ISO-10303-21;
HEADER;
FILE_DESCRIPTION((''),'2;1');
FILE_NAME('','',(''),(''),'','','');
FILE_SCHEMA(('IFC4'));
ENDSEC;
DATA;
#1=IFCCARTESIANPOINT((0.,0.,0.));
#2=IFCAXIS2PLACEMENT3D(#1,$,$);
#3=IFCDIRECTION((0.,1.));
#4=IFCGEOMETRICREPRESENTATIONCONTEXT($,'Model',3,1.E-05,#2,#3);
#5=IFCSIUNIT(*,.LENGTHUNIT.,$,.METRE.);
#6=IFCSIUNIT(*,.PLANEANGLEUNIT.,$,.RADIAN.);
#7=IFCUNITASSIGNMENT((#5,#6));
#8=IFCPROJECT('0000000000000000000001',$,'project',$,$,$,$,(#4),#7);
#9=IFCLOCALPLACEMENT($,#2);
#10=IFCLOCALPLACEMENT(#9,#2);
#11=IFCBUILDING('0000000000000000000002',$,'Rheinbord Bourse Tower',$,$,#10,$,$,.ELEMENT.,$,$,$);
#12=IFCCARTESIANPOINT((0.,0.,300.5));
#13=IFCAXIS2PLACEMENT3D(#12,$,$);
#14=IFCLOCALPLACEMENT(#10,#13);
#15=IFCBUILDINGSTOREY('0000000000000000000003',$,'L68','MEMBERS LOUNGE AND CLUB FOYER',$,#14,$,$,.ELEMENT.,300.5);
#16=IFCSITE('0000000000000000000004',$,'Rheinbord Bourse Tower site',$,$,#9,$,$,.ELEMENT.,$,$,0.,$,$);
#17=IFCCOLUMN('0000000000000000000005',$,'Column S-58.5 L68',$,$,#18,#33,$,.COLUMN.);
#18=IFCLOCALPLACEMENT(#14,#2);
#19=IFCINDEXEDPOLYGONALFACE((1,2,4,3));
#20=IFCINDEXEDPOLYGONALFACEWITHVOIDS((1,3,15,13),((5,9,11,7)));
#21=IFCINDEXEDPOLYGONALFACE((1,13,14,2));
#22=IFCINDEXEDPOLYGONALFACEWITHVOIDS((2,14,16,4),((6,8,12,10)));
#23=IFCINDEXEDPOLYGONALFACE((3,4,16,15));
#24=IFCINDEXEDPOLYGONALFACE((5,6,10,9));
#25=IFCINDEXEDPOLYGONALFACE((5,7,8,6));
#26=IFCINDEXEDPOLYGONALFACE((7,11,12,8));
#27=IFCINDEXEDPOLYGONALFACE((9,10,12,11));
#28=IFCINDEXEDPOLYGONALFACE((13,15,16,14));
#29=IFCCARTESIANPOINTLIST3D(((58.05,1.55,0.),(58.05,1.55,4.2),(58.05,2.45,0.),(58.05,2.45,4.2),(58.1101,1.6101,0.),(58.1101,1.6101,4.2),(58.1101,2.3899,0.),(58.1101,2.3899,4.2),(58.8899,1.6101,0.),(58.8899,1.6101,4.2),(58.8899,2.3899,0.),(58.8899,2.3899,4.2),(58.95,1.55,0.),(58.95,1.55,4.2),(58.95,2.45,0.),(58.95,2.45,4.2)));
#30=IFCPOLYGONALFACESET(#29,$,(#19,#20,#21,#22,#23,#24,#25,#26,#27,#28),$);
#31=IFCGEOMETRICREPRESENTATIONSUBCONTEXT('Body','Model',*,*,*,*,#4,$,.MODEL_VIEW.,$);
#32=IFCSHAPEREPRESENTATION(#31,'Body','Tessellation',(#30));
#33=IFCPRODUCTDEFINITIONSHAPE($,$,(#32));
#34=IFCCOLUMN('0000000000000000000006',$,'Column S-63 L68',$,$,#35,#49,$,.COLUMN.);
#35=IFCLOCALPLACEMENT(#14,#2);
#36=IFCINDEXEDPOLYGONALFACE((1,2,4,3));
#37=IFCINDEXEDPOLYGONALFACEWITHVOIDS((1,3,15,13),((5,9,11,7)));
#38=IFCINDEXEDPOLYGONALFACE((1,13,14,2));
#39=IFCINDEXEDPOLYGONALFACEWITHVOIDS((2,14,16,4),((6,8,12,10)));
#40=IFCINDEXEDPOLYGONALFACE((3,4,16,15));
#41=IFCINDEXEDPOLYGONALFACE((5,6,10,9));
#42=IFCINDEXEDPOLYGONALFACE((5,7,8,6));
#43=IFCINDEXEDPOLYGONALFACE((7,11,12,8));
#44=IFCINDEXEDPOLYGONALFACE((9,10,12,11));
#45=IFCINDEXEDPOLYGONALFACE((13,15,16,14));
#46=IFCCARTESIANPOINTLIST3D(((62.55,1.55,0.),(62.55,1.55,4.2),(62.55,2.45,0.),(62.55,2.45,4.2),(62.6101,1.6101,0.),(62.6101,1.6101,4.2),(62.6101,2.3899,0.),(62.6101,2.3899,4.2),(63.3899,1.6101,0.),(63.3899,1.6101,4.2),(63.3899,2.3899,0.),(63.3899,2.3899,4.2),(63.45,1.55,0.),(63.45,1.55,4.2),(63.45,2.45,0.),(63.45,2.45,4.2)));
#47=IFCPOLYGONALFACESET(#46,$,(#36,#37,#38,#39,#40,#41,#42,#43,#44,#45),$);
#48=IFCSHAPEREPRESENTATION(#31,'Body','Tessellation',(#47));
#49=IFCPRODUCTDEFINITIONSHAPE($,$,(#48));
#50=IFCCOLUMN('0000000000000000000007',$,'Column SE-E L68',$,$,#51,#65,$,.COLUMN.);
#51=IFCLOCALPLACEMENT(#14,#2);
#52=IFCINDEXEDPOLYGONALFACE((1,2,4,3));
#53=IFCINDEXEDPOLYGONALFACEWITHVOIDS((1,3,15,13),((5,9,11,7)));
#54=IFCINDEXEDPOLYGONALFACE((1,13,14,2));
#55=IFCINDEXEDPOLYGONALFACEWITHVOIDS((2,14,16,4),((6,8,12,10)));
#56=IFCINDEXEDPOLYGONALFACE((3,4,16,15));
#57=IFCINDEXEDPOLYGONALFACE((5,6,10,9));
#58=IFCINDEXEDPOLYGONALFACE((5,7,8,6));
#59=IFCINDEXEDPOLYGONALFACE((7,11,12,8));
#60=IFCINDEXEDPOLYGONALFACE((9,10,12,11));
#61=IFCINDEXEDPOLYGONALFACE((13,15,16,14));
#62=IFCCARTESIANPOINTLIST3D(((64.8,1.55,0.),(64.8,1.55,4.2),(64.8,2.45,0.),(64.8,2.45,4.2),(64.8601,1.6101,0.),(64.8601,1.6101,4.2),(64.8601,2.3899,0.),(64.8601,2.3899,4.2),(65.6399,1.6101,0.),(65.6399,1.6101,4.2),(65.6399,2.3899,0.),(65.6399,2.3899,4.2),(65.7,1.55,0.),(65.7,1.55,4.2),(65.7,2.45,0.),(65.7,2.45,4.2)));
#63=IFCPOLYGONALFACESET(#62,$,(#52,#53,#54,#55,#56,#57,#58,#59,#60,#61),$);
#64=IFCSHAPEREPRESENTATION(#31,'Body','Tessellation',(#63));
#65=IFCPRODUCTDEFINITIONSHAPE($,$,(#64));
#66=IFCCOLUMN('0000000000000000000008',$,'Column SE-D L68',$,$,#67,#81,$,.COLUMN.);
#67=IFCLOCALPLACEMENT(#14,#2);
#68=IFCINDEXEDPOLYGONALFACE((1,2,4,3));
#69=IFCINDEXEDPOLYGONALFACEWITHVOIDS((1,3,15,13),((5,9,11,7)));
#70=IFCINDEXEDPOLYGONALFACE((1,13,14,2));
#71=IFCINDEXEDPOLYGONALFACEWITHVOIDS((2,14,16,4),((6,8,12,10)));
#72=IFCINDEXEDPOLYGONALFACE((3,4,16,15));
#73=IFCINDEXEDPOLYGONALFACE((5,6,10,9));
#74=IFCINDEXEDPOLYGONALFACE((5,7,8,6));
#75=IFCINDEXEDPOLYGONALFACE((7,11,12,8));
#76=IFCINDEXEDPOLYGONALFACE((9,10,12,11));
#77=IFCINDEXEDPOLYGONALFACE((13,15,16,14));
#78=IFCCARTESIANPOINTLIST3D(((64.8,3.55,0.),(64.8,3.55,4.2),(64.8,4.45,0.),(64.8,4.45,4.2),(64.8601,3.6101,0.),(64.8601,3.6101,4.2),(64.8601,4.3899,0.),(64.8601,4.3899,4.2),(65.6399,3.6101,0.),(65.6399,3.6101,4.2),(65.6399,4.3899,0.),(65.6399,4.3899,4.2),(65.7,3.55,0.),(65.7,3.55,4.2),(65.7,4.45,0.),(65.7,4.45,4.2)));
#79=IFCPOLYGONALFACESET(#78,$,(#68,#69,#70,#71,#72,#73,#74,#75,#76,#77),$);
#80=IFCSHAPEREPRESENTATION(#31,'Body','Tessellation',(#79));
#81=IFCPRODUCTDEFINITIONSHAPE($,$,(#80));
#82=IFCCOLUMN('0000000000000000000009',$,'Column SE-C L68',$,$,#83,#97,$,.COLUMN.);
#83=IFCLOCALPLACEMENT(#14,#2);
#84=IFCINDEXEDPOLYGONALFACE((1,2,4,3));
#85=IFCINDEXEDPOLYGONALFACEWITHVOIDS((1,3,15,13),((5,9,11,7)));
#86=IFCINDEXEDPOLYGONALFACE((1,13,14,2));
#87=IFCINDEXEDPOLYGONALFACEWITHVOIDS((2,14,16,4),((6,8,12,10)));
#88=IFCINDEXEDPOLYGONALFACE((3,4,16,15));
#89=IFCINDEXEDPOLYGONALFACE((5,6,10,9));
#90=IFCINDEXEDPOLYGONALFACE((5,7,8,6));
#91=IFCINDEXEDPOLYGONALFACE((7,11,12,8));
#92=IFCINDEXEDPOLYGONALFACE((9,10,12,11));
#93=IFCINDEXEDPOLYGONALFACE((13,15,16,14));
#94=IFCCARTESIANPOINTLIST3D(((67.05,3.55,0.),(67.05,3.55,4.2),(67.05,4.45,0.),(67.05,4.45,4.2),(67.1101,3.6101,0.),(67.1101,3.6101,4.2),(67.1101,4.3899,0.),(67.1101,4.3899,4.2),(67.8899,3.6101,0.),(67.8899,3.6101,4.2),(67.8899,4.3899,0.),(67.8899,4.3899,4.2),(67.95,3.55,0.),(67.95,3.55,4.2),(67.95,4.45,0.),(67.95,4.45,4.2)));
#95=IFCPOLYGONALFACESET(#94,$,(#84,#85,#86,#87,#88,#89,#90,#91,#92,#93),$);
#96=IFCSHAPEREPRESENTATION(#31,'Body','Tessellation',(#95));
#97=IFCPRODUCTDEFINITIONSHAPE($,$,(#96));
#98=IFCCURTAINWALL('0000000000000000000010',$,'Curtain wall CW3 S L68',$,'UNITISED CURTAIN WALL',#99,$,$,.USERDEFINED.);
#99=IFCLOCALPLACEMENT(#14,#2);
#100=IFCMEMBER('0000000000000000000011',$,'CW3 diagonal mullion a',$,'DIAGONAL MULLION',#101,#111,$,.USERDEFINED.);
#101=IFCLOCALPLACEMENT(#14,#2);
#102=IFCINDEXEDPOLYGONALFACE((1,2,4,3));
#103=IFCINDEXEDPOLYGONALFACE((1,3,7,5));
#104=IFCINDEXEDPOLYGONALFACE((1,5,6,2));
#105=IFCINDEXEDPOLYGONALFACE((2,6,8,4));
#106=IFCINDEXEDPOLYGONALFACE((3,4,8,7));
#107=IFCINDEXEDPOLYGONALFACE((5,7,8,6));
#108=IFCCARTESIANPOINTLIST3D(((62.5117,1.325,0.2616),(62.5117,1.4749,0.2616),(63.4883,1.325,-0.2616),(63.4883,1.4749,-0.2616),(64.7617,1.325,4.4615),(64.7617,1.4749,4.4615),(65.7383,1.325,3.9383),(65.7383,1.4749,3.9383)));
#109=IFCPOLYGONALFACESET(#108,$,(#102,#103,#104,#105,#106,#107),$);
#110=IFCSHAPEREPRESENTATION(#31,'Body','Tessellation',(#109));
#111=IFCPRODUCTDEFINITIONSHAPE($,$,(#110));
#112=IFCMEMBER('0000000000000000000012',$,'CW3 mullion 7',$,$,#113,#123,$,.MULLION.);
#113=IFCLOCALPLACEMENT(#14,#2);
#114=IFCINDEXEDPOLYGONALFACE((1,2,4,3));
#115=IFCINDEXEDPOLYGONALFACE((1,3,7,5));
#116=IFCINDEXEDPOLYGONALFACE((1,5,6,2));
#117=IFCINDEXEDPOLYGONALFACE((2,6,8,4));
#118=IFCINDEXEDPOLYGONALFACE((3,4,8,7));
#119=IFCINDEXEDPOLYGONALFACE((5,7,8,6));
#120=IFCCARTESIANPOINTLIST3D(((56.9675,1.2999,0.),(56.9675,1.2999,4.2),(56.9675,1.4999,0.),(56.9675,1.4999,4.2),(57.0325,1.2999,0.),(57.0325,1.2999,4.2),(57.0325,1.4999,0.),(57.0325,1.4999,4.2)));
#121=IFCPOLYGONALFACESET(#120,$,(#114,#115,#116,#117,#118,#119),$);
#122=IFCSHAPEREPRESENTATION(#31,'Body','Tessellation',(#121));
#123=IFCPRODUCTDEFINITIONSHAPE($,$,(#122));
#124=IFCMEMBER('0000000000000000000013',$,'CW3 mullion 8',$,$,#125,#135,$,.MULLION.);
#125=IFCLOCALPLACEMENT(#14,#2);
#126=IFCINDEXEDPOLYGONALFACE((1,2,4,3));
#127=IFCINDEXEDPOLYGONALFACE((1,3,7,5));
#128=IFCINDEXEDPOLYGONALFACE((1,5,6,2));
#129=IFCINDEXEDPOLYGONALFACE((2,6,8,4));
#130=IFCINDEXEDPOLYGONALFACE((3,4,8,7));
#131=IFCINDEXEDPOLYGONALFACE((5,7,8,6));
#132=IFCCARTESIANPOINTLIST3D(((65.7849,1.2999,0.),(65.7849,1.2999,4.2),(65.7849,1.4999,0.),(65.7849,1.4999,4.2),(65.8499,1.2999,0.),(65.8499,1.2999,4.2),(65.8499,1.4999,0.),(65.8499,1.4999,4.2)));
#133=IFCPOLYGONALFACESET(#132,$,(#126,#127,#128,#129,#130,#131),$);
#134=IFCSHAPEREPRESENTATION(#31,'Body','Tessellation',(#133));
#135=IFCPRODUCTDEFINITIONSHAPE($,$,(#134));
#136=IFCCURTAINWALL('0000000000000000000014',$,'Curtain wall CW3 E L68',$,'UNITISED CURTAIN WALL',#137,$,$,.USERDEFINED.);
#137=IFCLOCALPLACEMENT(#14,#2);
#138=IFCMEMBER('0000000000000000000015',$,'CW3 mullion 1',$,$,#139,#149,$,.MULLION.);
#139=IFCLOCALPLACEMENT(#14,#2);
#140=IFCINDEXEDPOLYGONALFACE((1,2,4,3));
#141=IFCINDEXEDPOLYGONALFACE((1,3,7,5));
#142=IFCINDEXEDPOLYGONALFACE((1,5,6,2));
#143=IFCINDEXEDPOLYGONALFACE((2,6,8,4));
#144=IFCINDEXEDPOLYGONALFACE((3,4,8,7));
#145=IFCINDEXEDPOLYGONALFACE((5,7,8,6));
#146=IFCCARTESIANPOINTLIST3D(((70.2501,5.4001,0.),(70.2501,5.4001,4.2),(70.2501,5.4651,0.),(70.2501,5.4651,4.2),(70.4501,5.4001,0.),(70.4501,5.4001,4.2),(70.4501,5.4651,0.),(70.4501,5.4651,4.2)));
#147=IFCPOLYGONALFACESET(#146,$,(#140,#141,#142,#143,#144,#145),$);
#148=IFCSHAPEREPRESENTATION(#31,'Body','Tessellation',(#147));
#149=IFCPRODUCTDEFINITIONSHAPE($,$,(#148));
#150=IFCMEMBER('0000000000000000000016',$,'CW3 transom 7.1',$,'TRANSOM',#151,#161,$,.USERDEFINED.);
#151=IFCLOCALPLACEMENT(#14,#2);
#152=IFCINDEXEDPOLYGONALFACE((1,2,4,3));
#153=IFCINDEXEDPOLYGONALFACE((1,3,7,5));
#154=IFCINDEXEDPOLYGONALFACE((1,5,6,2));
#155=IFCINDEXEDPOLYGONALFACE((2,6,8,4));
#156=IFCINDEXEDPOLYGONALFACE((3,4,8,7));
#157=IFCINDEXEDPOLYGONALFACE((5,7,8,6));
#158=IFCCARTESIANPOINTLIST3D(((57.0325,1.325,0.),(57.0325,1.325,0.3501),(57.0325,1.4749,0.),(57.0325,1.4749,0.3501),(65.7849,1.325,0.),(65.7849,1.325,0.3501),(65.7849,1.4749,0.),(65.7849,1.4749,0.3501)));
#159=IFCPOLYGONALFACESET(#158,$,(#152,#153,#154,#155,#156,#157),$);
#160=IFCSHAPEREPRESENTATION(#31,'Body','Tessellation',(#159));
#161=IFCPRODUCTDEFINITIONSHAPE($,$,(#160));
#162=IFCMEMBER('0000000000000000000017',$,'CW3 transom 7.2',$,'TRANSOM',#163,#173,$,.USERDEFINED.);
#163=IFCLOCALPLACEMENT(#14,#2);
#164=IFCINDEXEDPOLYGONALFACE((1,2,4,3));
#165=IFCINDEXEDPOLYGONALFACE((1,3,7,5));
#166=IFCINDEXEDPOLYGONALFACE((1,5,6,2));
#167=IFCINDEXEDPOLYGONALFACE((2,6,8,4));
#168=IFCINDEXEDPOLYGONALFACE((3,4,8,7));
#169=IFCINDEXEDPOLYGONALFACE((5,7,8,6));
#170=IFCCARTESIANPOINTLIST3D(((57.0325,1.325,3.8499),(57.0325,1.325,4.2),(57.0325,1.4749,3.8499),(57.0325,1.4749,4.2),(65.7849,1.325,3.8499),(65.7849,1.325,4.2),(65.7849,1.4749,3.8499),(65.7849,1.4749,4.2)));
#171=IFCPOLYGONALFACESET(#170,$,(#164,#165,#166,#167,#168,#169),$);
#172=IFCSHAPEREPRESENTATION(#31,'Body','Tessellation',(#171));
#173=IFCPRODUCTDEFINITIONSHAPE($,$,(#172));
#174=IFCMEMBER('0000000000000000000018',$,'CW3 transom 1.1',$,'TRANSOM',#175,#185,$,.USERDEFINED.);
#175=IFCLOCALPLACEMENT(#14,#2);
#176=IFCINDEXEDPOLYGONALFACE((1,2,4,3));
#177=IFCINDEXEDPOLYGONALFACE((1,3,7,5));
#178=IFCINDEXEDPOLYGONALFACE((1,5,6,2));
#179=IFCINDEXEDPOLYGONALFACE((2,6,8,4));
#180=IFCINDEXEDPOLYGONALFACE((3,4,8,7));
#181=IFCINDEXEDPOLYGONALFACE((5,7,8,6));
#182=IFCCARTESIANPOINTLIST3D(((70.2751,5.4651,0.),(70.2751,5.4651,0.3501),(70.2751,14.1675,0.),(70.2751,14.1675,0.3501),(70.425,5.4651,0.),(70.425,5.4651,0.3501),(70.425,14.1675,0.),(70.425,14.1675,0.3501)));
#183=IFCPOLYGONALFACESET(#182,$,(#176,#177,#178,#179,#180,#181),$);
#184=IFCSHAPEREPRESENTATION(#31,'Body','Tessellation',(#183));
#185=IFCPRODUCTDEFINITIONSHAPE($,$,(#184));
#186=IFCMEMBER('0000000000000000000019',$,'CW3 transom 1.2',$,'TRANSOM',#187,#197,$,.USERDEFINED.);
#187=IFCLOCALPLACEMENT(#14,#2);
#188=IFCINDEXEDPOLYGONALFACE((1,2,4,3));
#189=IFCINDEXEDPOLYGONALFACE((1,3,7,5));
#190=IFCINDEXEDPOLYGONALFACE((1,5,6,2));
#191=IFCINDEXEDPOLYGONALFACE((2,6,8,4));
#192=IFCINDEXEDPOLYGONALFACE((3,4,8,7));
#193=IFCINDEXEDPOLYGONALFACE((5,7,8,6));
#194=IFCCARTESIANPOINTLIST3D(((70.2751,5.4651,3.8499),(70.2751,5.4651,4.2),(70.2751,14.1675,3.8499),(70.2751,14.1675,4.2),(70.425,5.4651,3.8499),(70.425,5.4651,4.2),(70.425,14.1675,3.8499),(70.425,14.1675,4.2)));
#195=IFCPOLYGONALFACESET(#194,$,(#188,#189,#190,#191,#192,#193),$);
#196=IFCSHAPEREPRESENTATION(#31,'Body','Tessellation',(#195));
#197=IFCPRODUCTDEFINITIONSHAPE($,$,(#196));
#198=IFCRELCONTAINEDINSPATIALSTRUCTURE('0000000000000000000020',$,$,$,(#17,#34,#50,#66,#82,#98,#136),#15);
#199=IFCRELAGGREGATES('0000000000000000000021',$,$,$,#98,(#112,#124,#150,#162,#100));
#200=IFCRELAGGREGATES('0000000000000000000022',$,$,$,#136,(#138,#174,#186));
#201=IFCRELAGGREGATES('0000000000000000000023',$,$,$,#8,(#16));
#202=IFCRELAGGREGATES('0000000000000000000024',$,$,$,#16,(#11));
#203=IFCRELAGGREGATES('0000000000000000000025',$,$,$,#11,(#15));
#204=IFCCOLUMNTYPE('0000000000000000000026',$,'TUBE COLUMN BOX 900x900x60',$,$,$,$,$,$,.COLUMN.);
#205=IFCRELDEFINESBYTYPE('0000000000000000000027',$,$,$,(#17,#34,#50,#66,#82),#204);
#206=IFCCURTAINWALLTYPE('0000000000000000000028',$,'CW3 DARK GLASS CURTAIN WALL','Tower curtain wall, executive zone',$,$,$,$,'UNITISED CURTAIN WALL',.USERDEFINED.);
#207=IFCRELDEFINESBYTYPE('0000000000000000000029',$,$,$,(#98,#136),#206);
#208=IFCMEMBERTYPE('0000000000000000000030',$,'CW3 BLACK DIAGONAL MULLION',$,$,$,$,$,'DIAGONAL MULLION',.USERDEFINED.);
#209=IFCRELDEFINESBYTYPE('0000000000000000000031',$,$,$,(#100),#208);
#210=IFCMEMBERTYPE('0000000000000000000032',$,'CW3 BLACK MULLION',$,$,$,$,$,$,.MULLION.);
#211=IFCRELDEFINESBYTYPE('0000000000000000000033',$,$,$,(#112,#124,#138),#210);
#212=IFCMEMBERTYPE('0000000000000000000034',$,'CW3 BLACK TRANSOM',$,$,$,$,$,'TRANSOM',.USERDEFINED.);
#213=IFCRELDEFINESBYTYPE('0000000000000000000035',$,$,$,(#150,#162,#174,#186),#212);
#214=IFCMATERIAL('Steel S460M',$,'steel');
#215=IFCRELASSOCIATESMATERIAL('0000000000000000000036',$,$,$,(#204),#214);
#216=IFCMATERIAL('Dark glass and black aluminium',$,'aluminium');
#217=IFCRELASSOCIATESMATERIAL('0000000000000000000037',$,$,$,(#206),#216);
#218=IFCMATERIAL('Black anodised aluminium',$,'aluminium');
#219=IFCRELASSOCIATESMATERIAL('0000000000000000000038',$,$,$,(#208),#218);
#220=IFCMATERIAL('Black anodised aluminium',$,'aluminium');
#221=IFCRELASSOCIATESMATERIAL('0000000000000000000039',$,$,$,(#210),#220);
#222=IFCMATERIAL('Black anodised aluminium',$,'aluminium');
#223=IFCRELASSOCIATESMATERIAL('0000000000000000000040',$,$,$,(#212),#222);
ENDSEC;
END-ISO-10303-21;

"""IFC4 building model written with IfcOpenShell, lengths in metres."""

from ifc_helpers import new_model, si_unit, direction, frame, origin, origin_2d, place, context, subcontext, project, spatial, rectangle, hollow_rectangle, extrude, material, material_profile, profile_set, type_object, element, aggregate, save


model = new_model("IFC4")

# Units and contexts
model_context = context("Model", 3, precision=1e-05, world=origin(), true_north=direction((0.0, 1.0)))
body_context = subcontext(model_context, "Body", "Model", "MODEL_VIEW")
ifc_project = project(units=[si_unit("LENGTHUNIT", "METRE"), si_unit("PLANEANGLEUNIT", "RADIAN")], contexts=[model_context])

# Site, building, storey
site_placement = place(None, origin())
site = spatial("IfcSite", under=ifc_project, at=site_placement, Name="Rheinbord Bourse Tower site", CompositionType="ELEMENT", RefElevation=0.0)
building_placement = place(site_placement, origin())
building = spatial("IfcBuilding", under=site, at=building_placement, Name="Rheinbord Bourse Tower", CompositionType="ELEMENT")
storey_placement = place(building_placement, frame((0.0, 0.0, 300.5)))
storey = spatial("IfcBuildingStorey", under=building, at=storey_placement, Name="L68", Description="MEMBERS LOUNGE AND CLUB FOYER", CompositionType="ELEMENT", Elevation=300.5)

# Columns
ifc_material_1 = material(Name="Steel S460M", Category="steel")
ifc_material_profile_1 = material_profile(ifc_material_1, hollow_rectangle(XDim=0.8999, YDim=0.8999, WallThickness=0.0601, at=origin_2d()), Name="BOX 900x900x60")
ifc_profile_set_1 = profile_set([ifc_material_profile_1], Name="Steel S460M")
column_type = type_object("IfcColumnType", Name="TUBE COLUMN BOX 900x900x60", PredefinedType="COLUMN", material=ifc_profile_set_1)
for number, where, z_axis, x_axis, name in (
    (1, (58.5, 2.0, 0.0), (0.0, 0.0, 1.0), (0.0, 1.0, 0.0), "Column S-58.5 L68"),
    (2, (63.0, 2.0, 0.0), (0.0, 0.0, 1.0), (0.0, 1.0, 0.0), "Column S-63 L68"),
    (3, (65.25, 2.0, 0.0), (0.0, 0.0, 1.0), (0.0, 1.0, 0.0), "Column SE-E L68"),
    (4, (65.25, 4.0, 0.0), (0.0, 0.0, 1.0), (0.0, 1.0, 0.0), "Column SE-D L68"),
    (5, (67.5, 4.0, 0.0), (0.0, 0.0, 1.0), (1.0, 0.0, 0.0), "Column SE-C L68"),
):
    element("IfcColumn", number, at=place(storey_placement, frame(where, z_axis=z_axis, x_axis=x_axis)), inside=storey, type_object=column_type, Name=name, PredefinedType="COLUMN", context=body_context, shape_type="SweptSolid", body=[
        extrude(hollow_rectangle(XDim=0.8999, YDim=0.8999, WallThickness=0.0601, at=origin_2d()), origin(), (0.0, 0.0, 1.0), 4.2),
    ])

# Curtain wall, members
ifc_material_2 = material(Name="Dark glass and black aluminium", Category="aluminium")
curtain_wall_type = type_object("IfcCurtainWallType", Name="CW3 DARK GLASS CURTAIN WALL", Description="Tower curtain wall, executive zone", ElementType="UNITISED CURTAIN WALL", PredefinedType="USERDEFINED", material=ifc_material_2)
curtain_wall_1_placement = place(storey_placement, origin())
curtain_wall_1 = element("IfcCurtainWall", 6, at=curtain_wall_1_placement, inside=storey, type_object=curtain_wall_type, Name="Curtain wall CW3 S L68", ObjectType="UNITISED CURTAIN WALL", PredefinedType="USERDEFINED")
ifc_material_3 = material(Name="Black anodised aluminium", Category="aluminium")
ifc_material_profile_2 = material_profile(ifc_material_3, rectangle(XDim=0.1499, YDim=1.1079, at=origin_2d()), Name="CW3 DIAGONAL MULLION 1108x150")
ifc_profile_set_2 = profile_set([ifc_material_profile_2], Name="Black anodised aluminium")
member_type_1 = type_object("IfcMemberType", Name="CW3 BLACK DIAGONAL MULLION", ElementType="DIAGONAL MULLION", PredefinedType="USERDEFINED", material=ifc_profile_set_2)
member_1_placement = place(storey_placement, frame((63.0, 1.3999, 0.0), z_axis=(0.472226, 0.0, 0.881478), x_axis=(0.0, 1.0, 0.0)))
member_1 = element("IfcMember", 7, at=member_1_placement, type_object=member_type_1, Name="CW3 diagonal mullion a", ObjectType="DIAGONAL MULLION", PredefinedType="USERDEFINED", context=body_context, shape_type="SweptSolid", body=[
    extrude(rectangle(XDim=0.1499, YDim=1.1079, at=origin_2d()), origin(), (0.0, 0.0, 1.0), 4.7646),
])
ifc_material_4 = material(Name="Black anodised aluminium", Category="aluminium")
ifc_material_profile_3 = material_profile(ifc_material_4, rectangle(XDim=0.2, YDim=0.0649, at=origin_2d()), Name="CW3 MULLION 65x200")
ifc_profile_set_3 = profile_set([ifc_material_profile_3], Name="Black anodised aluminium")
member_type_2 = type_object("IfcMemberType", Name="CW3 BLACK MULLION", PredefinedType="MULLION", material=ifc_profile_set_3)
member_2_placement = place(storey_placement, frame((57.0, 1.3999, 0.0), z_axis=(0.0, 0.0, 1.0), x_axis=(0.0, 1.0, 0.0)))
member_2 = element("IfcMember", 8, at=member_2_placement, type_object=member_type_2, Name="CW3 mullion 7", PredefinedType="MULLION", context=body_context, shape_type="SweptSolid", body=[
    extrude(rectangle(XDim=0.2, YDim=0.0649, at=origin_2d()), origin(), (0.0, 0.0, 1.0), 4.2),
])
member_3_placement = place(storey_placement, frame((65.8174, 1.3999, 0.0), z_axis=(0.0, 0.0, 1.0), x_axis=(0.0, 1.0, 0.0)))
member_3 = element("IfcMember", 9, at=member_3_placement, type_object=member_type_2, Name="CW3 mullion 8", PredefinedType="MULLION", context=body_context, shape_type="SweptSolid", body=[
    extrude(rectangle(XDim=0.2, YDim=0.0649, at=origin_2d()), origin(), (0.0, 0.0, 1.0), 4.2),
])

# Curtain wall, member
curtain_wall_2_placement = place(storey_placement, origin())
curtain_wall_2 = element("IfcCurtainWall", 10, at=curtain_wall_2_placement, inside=storey, type_object=curtain_wall_type, Name="Curtain wall CW3 E L68", ObjectType="UNITISED CURTAIN WALL", PredefinedType="USERDEFINED")
member_4_placement = place(storey_placement, frame((70.3501, 5.4326, 0.0), z_axis=(0.0, 0.0, 1.0), x_axis=(-1.0, 0.0, 0.0)))
member_4 = element("IfcMember", 11, at=member_4_placement, type_object=member_type_2, Name="CW3 mullion 1", PredefinedType="MULLION", context=body_context, shape_type="SweptSolid", body=[
    extrude(rectangle(XDim=0.2, YDim=0.0649, at=origin_2d()), origin(), (0.0, 0.0, 1.0), 4.2),
])

# Members
ifc_material_5 = material(Name="Black anodised aluminium", Category="aluminium")
ifc_material_profile_4 = material_profile(ifc_material_5, rectangle(XDim=0.1499, YDim=0.3501, at=origin_2d()), Name="CW3 TRANSOM 350x150")
ifc_profile_set_4 = profile_set([ifc_material_profile_4], Name="Black anodised aluminium")
member_type_3 = type_object("IfcMemberType", Name="CW3 BLACK TRANSOM", ElementType="TRANSOM", PredefinedType="USERDEFINED", material=ifc_profile_set_4)
member_5_placement = place(storey_placement, frame((57.0325, 1.3999, 0.175), z_axis=(1.0, 0.0, 0.0), x_axis=(0.0, 1.0, 0.0)))
member_5 = element("IfcMember", 12, at=member_5_placement, type_object=member_type_3, Name="CW3 transom 7.1", ObjectType="TRANSOM", PredefinedType="USERDEFINED", context=body_context, shape_type="SweptSolid", body=[
    extrude(rectangle(XDim=0.1499, YDim=0.3501, at=origin_2d()), origin(), (0.0, 0.0, 1.0), 8.7524),
])
member_6_placement = place(storey_placement, frame((57.0325, 1.3999, 4.0249), z_axis=(1.0, 0.0, 0.0), x_axis=(0.0, 1.0, 0.0)))
member_6 = element("IfcMember", 13, at=member_6_placement, type_object=member_type_3, Name="CW3 transom 7.2", ObjectType="TRANSOM", PredefinedType="USERDEFINED", context=body_context, shape_type="SweptSolid", body=[
    extrude(rectangle(XDim=0.1499, YDim=0.3501, at=origin_2d()), origin(), (0.0, 0.0, 1.0), 8.7524),
])
member_7_placement = place(storey_placement, frame((70.3501, 5.4651, 0.175), z_axis=(0.0, 1.0, 0.0), x_axis=(-1.0, 0.0, 0.0)))
member_7 = element("IfcMember", 14, at=member_7_placement, type_object=member_type_3, Name="CW3 transom 1.1", ObjectType="TRANSOM", PredefinedType="USERDEFINED", context=body_context, shape_type="SweptSolid", body=[
    extrude(rectangle(XDim=0.1499, YDim=0.3501, at=origin_2d()), origin(), (0.0, 0.0, 1.0), 8.7024),
])
member_8_placement = place(storey_placement, frame((70.3501, 5.4651, 4.0249), z_axis=(0.0, 1.0, 0.0), x_axis=(-1.0, 0.0, 0.0)))
member_8 = element("IfcMember", 15, at=member_8_placement, type_object=member_type_3, Name="CW3 transom 1.2", ObjectType="TRANSOM", PredefinedType="USERDEFINED", context=body_context, shape_type="SweptSolid", body=[
    extrude(rectangle(XDim=0.1499, YDim=0.3501, at=origin_2d()), origin(), (0.0, 0.0, 1.0), 8.7024),
])

aggregate(curtain_wall_1, [member_2, member_3, member_5, member_6, member_1])
aggregate(curtain_wall_2, [member_4, member_7, member_8])

save(model, "model.ifc")
